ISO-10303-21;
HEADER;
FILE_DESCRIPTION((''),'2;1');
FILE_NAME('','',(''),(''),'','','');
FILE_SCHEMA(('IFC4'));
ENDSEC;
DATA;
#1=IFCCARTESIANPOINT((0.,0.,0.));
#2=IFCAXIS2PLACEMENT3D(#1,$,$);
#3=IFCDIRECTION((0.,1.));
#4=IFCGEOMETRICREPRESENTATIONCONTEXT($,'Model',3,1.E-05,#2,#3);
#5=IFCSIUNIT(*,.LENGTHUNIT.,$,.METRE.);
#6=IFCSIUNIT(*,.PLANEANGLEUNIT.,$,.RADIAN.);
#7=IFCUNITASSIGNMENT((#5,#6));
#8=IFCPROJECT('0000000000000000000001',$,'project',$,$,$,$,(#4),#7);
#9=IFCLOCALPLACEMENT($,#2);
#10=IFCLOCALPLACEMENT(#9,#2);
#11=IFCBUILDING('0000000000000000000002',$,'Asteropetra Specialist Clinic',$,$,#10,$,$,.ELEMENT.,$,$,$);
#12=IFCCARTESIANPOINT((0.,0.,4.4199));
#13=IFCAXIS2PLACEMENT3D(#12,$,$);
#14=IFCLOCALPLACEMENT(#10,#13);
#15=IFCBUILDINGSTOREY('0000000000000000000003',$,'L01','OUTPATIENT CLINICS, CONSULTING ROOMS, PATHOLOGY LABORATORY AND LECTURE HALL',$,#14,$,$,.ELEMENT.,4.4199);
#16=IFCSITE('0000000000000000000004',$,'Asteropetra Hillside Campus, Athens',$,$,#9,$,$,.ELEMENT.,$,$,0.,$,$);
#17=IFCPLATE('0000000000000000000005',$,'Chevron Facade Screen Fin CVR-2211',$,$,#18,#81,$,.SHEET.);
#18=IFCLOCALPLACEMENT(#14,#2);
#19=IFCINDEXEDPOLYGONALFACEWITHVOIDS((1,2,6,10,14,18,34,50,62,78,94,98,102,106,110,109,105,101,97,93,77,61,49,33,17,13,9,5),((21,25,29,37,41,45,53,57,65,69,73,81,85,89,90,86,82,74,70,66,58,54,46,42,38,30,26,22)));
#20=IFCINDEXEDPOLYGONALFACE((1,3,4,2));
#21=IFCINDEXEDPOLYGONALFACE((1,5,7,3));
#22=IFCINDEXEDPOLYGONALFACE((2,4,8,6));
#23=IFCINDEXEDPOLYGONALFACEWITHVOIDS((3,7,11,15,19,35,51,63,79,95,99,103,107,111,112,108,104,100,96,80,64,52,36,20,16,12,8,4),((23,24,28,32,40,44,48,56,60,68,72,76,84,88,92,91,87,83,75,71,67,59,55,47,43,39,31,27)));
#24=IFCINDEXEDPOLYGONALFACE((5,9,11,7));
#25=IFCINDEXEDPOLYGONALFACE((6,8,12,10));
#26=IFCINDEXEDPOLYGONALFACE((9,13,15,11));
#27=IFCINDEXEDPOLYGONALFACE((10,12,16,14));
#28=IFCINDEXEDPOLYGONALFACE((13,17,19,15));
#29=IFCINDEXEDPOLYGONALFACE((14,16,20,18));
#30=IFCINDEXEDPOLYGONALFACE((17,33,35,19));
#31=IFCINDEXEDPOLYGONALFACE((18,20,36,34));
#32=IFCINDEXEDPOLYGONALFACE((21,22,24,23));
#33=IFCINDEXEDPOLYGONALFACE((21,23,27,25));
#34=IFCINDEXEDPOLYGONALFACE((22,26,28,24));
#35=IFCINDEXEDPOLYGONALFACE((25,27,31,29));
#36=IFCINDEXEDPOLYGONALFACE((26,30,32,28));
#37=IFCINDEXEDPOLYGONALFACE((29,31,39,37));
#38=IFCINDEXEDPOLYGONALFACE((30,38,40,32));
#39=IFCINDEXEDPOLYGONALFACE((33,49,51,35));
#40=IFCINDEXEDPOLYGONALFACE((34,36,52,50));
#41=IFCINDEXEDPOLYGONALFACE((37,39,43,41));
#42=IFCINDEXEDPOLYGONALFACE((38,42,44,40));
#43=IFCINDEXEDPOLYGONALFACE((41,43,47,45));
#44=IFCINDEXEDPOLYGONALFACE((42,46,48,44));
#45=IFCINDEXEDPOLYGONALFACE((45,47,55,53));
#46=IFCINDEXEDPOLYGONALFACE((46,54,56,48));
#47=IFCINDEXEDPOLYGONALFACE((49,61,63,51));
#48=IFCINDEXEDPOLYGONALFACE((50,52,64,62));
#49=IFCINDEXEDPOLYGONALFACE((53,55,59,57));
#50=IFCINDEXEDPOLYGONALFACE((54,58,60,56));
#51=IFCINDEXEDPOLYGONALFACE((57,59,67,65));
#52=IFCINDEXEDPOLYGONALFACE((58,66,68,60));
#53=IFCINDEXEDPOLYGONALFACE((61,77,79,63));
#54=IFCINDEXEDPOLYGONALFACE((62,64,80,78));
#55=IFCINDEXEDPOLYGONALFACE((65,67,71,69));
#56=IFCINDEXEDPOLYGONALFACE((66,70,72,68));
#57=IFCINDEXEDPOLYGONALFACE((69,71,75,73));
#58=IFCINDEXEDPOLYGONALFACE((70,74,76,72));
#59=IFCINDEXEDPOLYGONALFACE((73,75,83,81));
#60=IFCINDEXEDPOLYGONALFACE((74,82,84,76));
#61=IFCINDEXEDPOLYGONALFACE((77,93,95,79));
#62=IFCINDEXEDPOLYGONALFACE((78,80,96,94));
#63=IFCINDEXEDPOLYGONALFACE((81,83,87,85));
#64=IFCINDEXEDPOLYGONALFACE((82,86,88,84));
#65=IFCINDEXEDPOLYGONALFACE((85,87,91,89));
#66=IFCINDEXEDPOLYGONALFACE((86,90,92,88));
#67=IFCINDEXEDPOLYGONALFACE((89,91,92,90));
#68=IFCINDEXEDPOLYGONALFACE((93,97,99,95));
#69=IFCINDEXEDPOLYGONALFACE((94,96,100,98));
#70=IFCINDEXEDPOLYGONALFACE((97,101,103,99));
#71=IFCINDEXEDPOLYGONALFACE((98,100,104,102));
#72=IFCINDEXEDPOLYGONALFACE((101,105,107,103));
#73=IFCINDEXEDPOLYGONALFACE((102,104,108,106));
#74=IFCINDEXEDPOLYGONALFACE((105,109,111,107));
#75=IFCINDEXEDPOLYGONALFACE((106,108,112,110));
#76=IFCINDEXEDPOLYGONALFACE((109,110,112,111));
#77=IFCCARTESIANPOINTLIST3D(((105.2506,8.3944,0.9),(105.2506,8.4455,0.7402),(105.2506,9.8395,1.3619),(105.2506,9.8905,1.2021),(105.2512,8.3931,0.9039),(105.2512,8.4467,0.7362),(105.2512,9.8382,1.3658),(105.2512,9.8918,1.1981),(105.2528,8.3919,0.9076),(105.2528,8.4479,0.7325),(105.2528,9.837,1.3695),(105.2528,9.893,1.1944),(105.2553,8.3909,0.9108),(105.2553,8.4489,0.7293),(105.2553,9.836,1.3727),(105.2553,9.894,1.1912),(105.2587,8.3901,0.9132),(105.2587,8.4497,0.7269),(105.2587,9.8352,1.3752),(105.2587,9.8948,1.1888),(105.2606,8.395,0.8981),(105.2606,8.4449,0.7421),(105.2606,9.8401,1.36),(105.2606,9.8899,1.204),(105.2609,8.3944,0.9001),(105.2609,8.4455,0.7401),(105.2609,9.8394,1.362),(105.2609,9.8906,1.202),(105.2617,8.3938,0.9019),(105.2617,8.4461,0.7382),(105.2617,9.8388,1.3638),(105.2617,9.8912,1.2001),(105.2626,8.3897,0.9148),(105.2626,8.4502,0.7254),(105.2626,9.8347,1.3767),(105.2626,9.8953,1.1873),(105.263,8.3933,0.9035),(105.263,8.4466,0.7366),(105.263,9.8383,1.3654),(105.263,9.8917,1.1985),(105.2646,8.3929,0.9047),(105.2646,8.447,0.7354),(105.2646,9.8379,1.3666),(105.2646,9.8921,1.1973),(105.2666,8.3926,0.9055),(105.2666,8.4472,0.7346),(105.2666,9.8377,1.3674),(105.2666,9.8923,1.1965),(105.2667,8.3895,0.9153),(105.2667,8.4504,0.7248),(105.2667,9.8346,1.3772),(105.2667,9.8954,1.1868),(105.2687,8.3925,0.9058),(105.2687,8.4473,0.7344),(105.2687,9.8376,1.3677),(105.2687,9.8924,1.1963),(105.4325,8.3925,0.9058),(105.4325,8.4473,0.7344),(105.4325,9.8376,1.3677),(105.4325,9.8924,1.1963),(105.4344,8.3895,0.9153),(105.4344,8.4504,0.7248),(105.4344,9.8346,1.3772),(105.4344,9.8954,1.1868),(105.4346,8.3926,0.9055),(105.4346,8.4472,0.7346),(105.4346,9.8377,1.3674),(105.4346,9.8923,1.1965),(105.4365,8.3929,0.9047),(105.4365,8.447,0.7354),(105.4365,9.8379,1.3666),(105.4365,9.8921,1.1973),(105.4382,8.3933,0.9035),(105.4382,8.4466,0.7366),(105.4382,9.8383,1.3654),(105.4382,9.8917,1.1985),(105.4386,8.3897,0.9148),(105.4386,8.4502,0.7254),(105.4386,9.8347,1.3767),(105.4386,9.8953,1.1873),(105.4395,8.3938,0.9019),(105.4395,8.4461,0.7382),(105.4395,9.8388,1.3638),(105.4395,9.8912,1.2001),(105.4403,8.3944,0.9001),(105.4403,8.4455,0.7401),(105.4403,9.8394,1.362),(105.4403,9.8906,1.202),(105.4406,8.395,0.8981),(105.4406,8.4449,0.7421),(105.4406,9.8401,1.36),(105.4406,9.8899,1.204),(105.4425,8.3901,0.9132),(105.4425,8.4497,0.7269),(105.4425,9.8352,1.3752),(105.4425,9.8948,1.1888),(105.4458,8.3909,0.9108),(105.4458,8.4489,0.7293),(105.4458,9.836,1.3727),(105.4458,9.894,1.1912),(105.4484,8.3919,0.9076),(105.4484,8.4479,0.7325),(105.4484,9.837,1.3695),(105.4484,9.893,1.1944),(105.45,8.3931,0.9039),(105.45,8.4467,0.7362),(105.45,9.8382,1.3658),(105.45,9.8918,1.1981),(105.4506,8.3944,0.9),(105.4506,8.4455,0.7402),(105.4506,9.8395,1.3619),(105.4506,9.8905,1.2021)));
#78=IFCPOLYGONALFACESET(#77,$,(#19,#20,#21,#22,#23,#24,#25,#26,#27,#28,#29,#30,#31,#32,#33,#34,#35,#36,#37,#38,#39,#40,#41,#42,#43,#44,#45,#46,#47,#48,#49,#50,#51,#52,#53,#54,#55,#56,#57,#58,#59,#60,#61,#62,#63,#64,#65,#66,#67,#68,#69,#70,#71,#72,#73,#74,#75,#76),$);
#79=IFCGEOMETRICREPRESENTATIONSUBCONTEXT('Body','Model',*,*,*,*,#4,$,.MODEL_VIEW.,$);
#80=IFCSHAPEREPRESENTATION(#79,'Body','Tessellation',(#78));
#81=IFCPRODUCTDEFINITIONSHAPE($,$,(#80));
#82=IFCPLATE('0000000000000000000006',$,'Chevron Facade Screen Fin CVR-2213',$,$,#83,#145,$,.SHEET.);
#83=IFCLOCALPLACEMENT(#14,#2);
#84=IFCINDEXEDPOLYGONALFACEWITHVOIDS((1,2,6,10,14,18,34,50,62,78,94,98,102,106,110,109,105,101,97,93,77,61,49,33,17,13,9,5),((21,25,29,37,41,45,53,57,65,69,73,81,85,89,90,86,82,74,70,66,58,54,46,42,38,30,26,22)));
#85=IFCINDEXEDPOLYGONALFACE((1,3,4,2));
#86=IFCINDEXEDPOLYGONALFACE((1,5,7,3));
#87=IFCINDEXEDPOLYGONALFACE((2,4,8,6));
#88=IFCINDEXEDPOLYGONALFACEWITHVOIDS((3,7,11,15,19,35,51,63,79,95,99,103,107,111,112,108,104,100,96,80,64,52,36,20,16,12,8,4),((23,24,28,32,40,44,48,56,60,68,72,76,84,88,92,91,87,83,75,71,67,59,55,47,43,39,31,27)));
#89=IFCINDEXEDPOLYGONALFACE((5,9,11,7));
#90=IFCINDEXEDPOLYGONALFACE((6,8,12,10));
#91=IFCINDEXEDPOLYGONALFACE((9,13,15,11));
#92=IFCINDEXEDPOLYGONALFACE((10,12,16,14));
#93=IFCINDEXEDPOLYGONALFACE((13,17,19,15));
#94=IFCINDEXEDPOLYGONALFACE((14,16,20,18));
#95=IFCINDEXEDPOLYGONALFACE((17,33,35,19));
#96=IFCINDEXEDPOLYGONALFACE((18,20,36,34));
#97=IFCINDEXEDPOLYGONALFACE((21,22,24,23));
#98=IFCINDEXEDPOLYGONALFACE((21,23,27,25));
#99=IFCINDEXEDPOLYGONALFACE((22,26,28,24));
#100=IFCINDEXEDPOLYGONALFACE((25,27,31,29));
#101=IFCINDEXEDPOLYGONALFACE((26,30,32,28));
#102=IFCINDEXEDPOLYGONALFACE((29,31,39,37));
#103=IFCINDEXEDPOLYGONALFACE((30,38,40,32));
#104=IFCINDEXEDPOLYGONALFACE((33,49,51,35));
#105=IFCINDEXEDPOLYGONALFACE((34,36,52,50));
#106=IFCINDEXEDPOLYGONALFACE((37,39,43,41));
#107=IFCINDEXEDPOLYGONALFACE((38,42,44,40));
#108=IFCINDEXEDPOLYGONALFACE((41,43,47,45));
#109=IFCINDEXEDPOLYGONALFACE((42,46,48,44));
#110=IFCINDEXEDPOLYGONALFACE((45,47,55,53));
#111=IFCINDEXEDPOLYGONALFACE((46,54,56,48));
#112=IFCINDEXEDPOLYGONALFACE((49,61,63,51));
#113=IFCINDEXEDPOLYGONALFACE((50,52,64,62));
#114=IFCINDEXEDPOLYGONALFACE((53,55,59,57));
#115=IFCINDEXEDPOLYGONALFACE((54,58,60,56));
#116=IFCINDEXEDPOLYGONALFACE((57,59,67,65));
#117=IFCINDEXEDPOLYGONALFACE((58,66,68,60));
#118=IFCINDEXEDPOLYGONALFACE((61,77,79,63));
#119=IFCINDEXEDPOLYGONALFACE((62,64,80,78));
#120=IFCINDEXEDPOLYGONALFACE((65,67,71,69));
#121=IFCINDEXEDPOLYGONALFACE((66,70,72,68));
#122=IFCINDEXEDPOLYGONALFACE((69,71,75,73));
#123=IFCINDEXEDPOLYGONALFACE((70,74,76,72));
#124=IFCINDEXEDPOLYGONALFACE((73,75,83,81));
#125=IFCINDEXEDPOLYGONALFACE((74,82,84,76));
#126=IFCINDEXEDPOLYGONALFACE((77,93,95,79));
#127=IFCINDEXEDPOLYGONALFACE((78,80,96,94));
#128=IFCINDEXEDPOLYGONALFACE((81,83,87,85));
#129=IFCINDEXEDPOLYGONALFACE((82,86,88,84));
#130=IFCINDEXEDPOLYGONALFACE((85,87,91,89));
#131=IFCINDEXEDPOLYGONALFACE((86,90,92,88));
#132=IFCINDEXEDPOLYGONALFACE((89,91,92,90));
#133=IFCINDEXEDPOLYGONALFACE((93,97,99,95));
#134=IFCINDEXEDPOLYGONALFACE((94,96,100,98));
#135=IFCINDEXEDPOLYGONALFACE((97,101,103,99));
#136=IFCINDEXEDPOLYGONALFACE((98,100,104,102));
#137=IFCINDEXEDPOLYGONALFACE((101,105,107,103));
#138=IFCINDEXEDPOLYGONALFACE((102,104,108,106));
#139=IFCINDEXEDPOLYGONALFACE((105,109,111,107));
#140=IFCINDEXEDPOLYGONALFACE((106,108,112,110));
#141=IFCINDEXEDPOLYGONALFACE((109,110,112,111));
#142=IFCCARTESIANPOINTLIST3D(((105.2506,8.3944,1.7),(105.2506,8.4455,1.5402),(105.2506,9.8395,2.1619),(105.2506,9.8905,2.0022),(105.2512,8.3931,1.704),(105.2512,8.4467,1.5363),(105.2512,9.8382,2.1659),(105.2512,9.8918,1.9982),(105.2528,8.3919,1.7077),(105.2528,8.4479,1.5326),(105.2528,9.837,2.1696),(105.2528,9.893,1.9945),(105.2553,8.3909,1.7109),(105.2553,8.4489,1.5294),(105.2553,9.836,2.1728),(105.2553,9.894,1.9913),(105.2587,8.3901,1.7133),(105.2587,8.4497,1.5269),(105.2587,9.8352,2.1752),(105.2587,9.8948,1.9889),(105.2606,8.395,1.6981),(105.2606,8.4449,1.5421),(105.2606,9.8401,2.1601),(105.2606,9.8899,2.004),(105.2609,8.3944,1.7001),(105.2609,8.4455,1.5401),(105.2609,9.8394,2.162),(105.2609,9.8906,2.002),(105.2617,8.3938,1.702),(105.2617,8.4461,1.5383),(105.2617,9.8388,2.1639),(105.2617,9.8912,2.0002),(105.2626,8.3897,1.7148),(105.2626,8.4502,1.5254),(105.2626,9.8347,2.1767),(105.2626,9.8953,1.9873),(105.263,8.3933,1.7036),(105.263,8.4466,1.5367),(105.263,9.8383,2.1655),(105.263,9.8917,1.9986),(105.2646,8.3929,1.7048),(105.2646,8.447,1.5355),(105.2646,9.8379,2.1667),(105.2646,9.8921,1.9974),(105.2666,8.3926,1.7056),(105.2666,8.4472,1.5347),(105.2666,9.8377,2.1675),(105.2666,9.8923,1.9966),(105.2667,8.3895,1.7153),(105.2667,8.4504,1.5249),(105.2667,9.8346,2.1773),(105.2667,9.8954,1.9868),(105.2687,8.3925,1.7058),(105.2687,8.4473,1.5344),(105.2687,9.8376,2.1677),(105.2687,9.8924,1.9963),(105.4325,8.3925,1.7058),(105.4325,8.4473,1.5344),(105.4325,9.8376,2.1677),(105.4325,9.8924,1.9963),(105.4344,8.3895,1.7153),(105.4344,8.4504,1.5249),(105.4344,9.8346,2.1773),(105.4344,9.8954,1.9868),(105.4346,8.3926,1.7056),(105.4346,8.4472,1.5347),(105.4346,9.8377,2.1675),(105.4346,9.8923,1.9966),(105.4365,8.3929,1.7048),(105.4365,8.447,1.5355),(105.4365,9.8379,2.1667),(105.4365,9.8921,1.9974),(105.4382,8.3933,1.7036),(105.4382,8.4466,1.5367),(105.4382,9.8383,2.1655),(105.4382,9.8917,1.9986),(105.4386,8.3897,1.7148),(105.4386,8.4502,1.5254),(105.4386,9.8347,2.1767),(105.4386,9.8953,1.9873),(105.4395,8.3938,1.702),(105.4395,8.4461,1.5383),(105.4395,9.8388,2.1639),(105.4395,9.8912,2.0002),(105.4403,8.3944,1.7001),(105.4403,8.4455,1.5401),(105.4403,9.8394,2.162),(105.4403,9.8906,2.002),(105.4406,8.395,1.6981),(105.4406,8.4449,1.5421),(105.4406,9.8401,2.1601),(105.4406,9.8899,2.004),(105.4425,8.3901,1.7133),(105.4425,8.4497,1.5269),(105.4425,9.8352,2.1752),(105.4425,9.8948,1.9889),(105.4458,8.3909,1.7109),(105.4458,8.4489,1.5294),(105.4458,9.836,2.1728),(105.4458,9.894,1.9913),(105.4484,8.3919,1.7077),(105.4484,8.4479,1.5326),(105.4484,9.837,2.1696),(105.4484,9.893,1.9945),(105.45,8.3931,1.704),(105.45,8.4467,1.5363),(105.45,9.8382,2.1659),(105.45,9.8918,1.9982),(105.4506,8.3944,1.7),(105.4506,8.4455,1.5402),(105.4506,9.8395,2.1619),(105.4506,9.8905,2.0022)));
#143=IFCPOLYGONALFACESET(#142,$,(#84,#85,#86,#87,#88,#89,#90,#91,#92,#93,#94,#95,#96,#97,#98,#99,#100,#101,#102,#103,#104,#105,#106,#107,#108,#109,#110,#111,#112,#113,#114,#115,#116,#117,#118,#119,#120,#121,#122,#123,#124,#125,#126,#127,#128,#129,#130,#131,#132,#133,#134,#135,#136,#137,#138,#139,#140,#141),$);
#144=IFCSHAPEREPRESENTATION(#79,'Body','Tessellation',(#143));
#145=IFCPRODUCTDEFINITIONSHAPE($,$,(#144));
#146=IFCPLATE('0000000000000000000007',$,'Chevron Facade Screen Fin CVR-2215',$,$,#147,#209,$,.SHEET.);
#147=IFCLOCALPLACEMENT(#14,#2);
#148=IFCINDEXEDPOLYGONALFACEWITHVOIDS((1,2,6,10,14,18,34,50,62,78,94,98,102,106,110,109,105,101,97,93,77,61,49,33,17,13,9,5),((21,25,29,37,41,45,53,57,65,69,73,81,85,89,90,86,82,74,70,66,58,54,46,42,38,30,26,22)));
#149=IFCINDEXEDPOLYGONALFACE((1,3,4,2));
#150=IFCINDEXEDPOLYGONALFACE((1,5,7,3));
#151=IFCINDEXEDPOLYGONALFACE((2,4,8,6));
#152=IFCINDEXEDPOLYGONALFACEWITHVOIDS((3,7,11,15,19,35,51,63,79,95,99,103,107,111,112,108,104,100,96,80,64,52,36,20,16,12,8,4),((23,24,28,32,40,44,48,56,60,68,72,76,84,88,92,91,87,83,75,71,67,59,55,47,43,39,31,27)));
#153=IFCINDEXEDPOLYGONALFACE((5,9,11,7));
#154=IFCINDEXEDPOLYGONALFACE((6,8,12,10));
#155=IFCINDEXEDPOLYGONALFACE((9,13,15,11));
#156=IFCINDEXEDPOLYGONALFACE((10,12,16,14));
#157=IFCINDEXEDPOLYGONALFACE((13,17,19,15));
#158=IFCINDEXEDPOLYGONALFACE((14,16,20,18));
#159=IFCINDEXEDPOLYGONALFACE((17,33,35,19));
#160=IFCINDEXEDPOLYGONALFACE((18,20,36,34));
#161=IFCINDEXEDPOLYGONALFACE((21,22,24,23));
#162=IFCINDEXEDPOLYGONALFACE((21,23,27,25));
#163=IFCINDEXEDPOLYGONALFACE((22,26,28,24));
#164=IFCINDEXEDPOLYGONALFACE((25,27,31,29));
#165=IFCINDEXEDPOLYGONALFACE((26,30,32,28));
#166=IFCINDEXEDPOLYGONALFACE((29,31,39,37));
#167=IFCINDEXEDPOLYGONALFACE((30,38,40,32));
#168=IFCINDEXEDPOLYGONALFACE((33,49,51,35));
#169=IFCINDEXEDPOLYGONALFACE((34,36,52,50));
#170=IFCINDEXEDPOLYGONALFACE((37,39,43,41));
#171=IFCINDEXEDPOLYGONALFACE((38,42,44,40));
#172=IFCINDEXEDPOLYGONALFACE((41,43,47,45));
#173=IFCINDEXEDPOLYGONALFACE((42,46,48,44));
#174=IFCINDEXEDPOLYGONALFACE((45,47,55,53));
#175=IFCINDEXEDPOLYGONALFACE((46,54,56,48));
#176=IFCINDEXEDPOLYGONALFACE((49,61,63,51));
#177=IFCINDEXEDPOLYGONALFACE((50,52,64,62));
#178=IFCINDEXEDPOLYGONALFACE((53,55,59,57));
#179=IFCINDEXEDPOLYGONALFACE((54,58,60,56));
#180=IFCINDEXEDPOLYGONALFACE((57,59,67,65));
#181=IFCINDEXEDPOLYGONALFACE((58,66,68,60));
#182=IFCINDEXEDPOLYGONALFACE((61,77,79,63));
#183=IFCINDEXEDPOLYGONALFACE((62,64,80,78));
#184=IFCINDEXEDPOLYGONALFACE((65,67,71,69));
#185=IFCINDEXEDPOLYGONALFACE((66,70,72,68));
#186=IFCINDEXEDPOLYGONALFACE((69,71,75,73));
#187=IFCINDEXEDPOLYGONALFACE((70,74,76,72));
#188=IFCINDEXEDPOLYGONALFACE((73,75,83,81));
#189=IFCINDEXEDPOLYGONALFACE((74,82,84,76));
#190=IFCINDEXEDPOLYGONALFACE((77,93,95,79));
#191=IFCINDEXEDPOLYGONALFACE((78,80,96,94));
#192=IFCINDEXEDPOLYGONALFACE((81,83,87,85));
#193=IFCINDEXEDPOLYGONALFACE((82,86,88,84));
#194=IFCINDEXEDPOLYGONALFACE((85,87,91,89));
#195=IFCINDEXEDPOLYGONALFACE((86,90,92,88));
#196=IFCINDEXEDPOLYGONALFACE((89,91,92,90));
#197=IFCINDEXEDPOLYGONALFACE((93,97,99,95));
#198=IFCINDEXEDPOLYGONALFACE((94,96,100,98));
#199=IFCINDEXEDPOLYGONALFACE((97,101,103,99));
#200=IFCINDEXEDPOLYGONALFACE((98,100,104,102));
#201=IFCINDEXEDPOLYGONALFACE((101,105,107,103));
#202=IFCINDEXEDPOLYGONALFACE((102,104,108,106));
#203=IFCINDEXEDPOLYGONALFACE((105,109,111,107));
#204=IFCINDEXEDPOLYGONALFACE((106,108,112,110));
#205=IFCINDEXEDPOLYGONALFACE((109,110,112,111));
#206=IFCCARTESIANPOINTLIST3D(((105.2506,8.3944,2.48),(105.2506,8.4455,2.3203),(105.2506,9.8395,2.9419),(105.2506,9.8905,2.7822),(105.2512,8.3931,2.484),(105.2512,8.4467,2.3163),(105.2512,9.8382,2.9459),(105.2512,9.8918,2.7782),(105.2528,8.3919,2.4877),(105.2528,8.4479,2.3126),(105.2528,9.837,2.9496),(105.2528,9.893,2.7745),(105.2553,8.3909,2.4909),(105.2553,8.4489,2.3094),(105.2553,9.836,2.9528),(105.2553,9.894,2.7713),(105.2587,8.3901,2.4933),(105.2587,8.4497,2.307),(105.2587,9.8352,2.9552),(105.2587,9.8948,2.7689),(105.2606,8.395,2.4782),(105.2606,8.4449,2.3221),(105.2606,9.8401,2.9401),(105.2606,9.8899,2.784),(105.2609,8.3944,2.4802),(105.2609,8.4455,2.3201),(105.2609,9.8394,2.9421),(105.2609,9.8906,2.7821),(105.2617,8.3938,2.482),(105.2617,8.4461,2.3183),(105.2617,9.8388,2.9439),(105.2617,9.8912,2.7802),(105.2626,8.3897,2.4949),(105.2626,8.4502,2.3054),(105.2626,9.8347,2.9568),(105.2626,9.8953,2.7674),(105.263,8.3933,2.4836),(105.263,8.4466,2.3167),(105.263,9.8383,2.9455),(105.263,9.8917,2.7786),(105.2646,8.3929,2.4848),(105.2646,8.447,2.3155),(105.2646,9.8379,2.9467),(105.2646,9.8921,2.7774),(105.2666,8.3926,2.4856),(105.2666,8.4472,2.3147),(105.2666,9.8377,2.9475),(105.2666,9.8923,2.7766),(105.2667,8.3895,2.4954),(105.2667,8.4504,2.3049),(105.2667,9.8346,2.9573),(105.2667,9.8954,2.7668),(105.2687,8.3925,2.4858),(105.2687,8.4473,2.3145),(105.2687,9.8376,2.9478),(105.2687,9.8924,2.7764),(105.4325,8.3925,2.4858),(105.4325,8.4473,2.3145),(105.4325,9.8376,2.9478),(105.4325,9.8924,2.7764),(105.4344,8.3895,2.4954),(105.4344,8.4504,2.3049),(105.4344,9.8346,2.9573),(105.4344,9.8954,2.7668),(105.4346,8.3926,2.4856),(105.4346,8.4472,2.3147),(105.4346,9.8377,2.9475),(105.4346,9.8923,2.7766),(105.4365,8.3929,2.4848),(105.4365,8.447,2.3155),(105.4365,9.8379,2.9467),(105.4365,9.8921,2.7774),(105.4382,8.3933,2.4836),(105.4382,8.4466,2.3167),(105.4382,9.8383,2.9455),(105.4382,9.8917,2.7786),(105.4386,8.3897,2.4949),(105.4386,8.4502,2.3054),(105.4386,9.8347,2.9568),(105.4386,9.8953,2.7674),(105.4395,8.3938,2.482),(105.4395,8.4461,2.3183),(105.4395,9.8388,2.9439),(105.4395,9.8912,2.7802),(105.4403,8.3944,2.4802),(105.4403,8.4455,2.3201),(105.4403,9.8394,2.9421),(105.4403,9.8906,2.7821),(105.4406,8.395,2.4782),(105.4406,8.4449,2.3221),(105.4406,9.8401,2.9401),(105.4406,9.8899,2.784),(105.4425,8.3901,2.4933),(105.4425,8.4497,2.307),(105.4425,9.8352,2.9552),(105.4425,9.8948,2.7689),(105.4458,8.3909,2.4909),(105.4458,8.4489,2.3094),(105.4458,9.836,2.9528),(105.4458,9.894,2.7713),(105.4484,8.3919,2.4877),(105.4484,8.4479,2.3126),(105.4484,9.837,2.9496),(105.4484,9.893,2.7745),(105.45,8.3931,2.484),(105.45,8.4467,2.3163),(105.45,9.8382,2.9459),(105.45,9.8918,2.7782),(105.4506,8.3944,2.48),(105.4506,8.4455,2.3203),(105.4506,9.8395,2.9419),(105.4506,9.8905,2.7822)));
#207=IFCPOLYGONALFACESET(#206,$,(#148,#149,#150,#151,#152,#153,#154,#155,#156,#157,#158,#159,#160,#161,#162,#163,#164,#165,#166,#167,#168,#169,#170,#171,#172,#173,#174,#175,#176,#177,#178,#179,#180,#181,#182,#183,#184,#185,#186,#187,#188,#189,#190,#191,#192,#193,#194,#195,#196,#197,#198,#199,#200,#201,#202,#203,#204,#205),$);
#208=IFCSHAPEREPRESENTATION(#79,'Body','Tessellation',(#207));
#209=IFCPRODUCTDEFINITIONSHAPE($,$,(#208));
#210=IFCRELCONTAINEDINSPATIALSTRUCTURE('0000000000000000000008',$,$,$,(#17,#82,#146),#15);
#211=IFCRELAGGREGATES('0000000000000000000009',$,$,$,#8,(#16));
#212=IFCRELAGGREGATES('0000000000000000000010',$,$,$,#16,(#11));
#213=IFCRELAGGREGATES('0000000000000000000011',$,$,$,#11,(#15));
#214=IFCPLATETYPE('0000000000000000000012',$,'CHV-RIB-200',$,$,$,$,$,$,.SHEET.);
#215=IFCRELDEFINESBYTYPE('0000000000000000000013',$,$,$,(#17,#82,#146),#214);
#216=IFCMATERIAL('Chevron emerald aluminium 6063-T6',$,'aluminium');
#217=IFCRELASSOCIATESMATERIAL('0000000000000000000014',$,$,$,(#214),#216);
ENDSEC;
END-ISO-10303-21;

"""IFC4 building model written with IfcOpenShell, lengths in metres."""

from ifc_helpers import new_model, si_unit, direction, frame, origin, origin_2d, place, context, subcontext, project, spatial, hollow_rectangle, extrude, material, material_profile, profile_set, type_object, element, save


model = new_model("IFC4")

# Units and contexts
model_context = context("Model", 3, precision=1e-05, world=origin(), true_north=direction((0.0, 1.0)))
body_context = subcontext(model_context, "Body", "Model", "MODEL_VIEW")
ifc_project = project(units=[si_unit("LENGTHUNIT", "METRE"), si_unit("PLANEANGLEUNIT", "RADIAN")], contexts=[model_context])

# Site, building, storey
site_placement = place(None, origin())
site = spatial("IfcSite", under=ifc_project, at=site_placement, Name="Asteropetra Hillside Campus, Athens", CompositionType="ELEMENT", RefElevation=0.0)
building_placement = place(site_placement, origin())
building = spatial("IfcBuilding", under=site, at=building_placement, Name="Asteropetra Specialist Clinic", CompositionType="ELEMENT")
storey_placement = place(building_placement, frame((0.0, 0.0, 4.4199)))
storey = spatial("IfcBuildingStorey", under=building, at=storey_placement, Name="L01", Description="OUTPATIENT CLINICS, CONSULTING ROOMS, PATHOLOGY LABORATORY AND LECTURE HALL", CompositionType="ELEMENT", Elevation=4.4199)

# Plates
ifc_material_1 = material(Name="Chevron emerald aluminium 6063-T6", Category="aluminium")
ifc_material_profile = material_profile(ifc_material_1, hollow_rectangle(XDim=0.2, YDim=0.2, WallThickness=0.01, InnerFilletRadius=0.0081, OuterFilletRadius=0.0161, at=origin_2d()), Name="SHS 200x200x10.0")
ifc_profile_set = profile_set([ifc_material_profile], Name="Chevron emerald aluminium 6063-T6")
plate_type = type_object("IfcPlateType", Name="CHV-RIB-200", PredefinedType="SHEET", material=ifc_profile_set)
for number, where, z_axis, x_axis, name in (
    (1, (105.3506, 9.865, 1.282), (0.0, -0.952521, -0.304472), (1.0, 0.0, 0.0), "Chevron Facade Screen Fin CVR-2211"),
    (2, (105.3506, 9.865, 2.082), (0.0, -0.952521, -0.304472), (1.0, 0.0, 0.0), "Chevron Facade Screen Fin CVR-2213"),
    (3, (105.3506, 9.865, 2.8621), (0.0, -0.952521, -0.304472), (1.0, 0.0, 0.0), "Chevron Facade Screen Fin CVR-2215"),
):
    element("IfcPlate", number, at=place(storey_placement, frame(where, z_axis=z_axis, x_axis=x_axis)), inside=storey, type_object=plate_type, Name=name, PredefinedType="SHEET", context=body_context, shape_type="SweptSolid", body=[
        extrude(hollow_rectangle(XDim=0.2, YDim=0.2, WallThickness=0.01, InnerFilletRadius=0.0081, OuterFilletRadius=0.0161, at=origin_2d()), origin(), (0.0, 0.0, 1.0), 1.5171),
    ])

save(model, "model.ifc")
